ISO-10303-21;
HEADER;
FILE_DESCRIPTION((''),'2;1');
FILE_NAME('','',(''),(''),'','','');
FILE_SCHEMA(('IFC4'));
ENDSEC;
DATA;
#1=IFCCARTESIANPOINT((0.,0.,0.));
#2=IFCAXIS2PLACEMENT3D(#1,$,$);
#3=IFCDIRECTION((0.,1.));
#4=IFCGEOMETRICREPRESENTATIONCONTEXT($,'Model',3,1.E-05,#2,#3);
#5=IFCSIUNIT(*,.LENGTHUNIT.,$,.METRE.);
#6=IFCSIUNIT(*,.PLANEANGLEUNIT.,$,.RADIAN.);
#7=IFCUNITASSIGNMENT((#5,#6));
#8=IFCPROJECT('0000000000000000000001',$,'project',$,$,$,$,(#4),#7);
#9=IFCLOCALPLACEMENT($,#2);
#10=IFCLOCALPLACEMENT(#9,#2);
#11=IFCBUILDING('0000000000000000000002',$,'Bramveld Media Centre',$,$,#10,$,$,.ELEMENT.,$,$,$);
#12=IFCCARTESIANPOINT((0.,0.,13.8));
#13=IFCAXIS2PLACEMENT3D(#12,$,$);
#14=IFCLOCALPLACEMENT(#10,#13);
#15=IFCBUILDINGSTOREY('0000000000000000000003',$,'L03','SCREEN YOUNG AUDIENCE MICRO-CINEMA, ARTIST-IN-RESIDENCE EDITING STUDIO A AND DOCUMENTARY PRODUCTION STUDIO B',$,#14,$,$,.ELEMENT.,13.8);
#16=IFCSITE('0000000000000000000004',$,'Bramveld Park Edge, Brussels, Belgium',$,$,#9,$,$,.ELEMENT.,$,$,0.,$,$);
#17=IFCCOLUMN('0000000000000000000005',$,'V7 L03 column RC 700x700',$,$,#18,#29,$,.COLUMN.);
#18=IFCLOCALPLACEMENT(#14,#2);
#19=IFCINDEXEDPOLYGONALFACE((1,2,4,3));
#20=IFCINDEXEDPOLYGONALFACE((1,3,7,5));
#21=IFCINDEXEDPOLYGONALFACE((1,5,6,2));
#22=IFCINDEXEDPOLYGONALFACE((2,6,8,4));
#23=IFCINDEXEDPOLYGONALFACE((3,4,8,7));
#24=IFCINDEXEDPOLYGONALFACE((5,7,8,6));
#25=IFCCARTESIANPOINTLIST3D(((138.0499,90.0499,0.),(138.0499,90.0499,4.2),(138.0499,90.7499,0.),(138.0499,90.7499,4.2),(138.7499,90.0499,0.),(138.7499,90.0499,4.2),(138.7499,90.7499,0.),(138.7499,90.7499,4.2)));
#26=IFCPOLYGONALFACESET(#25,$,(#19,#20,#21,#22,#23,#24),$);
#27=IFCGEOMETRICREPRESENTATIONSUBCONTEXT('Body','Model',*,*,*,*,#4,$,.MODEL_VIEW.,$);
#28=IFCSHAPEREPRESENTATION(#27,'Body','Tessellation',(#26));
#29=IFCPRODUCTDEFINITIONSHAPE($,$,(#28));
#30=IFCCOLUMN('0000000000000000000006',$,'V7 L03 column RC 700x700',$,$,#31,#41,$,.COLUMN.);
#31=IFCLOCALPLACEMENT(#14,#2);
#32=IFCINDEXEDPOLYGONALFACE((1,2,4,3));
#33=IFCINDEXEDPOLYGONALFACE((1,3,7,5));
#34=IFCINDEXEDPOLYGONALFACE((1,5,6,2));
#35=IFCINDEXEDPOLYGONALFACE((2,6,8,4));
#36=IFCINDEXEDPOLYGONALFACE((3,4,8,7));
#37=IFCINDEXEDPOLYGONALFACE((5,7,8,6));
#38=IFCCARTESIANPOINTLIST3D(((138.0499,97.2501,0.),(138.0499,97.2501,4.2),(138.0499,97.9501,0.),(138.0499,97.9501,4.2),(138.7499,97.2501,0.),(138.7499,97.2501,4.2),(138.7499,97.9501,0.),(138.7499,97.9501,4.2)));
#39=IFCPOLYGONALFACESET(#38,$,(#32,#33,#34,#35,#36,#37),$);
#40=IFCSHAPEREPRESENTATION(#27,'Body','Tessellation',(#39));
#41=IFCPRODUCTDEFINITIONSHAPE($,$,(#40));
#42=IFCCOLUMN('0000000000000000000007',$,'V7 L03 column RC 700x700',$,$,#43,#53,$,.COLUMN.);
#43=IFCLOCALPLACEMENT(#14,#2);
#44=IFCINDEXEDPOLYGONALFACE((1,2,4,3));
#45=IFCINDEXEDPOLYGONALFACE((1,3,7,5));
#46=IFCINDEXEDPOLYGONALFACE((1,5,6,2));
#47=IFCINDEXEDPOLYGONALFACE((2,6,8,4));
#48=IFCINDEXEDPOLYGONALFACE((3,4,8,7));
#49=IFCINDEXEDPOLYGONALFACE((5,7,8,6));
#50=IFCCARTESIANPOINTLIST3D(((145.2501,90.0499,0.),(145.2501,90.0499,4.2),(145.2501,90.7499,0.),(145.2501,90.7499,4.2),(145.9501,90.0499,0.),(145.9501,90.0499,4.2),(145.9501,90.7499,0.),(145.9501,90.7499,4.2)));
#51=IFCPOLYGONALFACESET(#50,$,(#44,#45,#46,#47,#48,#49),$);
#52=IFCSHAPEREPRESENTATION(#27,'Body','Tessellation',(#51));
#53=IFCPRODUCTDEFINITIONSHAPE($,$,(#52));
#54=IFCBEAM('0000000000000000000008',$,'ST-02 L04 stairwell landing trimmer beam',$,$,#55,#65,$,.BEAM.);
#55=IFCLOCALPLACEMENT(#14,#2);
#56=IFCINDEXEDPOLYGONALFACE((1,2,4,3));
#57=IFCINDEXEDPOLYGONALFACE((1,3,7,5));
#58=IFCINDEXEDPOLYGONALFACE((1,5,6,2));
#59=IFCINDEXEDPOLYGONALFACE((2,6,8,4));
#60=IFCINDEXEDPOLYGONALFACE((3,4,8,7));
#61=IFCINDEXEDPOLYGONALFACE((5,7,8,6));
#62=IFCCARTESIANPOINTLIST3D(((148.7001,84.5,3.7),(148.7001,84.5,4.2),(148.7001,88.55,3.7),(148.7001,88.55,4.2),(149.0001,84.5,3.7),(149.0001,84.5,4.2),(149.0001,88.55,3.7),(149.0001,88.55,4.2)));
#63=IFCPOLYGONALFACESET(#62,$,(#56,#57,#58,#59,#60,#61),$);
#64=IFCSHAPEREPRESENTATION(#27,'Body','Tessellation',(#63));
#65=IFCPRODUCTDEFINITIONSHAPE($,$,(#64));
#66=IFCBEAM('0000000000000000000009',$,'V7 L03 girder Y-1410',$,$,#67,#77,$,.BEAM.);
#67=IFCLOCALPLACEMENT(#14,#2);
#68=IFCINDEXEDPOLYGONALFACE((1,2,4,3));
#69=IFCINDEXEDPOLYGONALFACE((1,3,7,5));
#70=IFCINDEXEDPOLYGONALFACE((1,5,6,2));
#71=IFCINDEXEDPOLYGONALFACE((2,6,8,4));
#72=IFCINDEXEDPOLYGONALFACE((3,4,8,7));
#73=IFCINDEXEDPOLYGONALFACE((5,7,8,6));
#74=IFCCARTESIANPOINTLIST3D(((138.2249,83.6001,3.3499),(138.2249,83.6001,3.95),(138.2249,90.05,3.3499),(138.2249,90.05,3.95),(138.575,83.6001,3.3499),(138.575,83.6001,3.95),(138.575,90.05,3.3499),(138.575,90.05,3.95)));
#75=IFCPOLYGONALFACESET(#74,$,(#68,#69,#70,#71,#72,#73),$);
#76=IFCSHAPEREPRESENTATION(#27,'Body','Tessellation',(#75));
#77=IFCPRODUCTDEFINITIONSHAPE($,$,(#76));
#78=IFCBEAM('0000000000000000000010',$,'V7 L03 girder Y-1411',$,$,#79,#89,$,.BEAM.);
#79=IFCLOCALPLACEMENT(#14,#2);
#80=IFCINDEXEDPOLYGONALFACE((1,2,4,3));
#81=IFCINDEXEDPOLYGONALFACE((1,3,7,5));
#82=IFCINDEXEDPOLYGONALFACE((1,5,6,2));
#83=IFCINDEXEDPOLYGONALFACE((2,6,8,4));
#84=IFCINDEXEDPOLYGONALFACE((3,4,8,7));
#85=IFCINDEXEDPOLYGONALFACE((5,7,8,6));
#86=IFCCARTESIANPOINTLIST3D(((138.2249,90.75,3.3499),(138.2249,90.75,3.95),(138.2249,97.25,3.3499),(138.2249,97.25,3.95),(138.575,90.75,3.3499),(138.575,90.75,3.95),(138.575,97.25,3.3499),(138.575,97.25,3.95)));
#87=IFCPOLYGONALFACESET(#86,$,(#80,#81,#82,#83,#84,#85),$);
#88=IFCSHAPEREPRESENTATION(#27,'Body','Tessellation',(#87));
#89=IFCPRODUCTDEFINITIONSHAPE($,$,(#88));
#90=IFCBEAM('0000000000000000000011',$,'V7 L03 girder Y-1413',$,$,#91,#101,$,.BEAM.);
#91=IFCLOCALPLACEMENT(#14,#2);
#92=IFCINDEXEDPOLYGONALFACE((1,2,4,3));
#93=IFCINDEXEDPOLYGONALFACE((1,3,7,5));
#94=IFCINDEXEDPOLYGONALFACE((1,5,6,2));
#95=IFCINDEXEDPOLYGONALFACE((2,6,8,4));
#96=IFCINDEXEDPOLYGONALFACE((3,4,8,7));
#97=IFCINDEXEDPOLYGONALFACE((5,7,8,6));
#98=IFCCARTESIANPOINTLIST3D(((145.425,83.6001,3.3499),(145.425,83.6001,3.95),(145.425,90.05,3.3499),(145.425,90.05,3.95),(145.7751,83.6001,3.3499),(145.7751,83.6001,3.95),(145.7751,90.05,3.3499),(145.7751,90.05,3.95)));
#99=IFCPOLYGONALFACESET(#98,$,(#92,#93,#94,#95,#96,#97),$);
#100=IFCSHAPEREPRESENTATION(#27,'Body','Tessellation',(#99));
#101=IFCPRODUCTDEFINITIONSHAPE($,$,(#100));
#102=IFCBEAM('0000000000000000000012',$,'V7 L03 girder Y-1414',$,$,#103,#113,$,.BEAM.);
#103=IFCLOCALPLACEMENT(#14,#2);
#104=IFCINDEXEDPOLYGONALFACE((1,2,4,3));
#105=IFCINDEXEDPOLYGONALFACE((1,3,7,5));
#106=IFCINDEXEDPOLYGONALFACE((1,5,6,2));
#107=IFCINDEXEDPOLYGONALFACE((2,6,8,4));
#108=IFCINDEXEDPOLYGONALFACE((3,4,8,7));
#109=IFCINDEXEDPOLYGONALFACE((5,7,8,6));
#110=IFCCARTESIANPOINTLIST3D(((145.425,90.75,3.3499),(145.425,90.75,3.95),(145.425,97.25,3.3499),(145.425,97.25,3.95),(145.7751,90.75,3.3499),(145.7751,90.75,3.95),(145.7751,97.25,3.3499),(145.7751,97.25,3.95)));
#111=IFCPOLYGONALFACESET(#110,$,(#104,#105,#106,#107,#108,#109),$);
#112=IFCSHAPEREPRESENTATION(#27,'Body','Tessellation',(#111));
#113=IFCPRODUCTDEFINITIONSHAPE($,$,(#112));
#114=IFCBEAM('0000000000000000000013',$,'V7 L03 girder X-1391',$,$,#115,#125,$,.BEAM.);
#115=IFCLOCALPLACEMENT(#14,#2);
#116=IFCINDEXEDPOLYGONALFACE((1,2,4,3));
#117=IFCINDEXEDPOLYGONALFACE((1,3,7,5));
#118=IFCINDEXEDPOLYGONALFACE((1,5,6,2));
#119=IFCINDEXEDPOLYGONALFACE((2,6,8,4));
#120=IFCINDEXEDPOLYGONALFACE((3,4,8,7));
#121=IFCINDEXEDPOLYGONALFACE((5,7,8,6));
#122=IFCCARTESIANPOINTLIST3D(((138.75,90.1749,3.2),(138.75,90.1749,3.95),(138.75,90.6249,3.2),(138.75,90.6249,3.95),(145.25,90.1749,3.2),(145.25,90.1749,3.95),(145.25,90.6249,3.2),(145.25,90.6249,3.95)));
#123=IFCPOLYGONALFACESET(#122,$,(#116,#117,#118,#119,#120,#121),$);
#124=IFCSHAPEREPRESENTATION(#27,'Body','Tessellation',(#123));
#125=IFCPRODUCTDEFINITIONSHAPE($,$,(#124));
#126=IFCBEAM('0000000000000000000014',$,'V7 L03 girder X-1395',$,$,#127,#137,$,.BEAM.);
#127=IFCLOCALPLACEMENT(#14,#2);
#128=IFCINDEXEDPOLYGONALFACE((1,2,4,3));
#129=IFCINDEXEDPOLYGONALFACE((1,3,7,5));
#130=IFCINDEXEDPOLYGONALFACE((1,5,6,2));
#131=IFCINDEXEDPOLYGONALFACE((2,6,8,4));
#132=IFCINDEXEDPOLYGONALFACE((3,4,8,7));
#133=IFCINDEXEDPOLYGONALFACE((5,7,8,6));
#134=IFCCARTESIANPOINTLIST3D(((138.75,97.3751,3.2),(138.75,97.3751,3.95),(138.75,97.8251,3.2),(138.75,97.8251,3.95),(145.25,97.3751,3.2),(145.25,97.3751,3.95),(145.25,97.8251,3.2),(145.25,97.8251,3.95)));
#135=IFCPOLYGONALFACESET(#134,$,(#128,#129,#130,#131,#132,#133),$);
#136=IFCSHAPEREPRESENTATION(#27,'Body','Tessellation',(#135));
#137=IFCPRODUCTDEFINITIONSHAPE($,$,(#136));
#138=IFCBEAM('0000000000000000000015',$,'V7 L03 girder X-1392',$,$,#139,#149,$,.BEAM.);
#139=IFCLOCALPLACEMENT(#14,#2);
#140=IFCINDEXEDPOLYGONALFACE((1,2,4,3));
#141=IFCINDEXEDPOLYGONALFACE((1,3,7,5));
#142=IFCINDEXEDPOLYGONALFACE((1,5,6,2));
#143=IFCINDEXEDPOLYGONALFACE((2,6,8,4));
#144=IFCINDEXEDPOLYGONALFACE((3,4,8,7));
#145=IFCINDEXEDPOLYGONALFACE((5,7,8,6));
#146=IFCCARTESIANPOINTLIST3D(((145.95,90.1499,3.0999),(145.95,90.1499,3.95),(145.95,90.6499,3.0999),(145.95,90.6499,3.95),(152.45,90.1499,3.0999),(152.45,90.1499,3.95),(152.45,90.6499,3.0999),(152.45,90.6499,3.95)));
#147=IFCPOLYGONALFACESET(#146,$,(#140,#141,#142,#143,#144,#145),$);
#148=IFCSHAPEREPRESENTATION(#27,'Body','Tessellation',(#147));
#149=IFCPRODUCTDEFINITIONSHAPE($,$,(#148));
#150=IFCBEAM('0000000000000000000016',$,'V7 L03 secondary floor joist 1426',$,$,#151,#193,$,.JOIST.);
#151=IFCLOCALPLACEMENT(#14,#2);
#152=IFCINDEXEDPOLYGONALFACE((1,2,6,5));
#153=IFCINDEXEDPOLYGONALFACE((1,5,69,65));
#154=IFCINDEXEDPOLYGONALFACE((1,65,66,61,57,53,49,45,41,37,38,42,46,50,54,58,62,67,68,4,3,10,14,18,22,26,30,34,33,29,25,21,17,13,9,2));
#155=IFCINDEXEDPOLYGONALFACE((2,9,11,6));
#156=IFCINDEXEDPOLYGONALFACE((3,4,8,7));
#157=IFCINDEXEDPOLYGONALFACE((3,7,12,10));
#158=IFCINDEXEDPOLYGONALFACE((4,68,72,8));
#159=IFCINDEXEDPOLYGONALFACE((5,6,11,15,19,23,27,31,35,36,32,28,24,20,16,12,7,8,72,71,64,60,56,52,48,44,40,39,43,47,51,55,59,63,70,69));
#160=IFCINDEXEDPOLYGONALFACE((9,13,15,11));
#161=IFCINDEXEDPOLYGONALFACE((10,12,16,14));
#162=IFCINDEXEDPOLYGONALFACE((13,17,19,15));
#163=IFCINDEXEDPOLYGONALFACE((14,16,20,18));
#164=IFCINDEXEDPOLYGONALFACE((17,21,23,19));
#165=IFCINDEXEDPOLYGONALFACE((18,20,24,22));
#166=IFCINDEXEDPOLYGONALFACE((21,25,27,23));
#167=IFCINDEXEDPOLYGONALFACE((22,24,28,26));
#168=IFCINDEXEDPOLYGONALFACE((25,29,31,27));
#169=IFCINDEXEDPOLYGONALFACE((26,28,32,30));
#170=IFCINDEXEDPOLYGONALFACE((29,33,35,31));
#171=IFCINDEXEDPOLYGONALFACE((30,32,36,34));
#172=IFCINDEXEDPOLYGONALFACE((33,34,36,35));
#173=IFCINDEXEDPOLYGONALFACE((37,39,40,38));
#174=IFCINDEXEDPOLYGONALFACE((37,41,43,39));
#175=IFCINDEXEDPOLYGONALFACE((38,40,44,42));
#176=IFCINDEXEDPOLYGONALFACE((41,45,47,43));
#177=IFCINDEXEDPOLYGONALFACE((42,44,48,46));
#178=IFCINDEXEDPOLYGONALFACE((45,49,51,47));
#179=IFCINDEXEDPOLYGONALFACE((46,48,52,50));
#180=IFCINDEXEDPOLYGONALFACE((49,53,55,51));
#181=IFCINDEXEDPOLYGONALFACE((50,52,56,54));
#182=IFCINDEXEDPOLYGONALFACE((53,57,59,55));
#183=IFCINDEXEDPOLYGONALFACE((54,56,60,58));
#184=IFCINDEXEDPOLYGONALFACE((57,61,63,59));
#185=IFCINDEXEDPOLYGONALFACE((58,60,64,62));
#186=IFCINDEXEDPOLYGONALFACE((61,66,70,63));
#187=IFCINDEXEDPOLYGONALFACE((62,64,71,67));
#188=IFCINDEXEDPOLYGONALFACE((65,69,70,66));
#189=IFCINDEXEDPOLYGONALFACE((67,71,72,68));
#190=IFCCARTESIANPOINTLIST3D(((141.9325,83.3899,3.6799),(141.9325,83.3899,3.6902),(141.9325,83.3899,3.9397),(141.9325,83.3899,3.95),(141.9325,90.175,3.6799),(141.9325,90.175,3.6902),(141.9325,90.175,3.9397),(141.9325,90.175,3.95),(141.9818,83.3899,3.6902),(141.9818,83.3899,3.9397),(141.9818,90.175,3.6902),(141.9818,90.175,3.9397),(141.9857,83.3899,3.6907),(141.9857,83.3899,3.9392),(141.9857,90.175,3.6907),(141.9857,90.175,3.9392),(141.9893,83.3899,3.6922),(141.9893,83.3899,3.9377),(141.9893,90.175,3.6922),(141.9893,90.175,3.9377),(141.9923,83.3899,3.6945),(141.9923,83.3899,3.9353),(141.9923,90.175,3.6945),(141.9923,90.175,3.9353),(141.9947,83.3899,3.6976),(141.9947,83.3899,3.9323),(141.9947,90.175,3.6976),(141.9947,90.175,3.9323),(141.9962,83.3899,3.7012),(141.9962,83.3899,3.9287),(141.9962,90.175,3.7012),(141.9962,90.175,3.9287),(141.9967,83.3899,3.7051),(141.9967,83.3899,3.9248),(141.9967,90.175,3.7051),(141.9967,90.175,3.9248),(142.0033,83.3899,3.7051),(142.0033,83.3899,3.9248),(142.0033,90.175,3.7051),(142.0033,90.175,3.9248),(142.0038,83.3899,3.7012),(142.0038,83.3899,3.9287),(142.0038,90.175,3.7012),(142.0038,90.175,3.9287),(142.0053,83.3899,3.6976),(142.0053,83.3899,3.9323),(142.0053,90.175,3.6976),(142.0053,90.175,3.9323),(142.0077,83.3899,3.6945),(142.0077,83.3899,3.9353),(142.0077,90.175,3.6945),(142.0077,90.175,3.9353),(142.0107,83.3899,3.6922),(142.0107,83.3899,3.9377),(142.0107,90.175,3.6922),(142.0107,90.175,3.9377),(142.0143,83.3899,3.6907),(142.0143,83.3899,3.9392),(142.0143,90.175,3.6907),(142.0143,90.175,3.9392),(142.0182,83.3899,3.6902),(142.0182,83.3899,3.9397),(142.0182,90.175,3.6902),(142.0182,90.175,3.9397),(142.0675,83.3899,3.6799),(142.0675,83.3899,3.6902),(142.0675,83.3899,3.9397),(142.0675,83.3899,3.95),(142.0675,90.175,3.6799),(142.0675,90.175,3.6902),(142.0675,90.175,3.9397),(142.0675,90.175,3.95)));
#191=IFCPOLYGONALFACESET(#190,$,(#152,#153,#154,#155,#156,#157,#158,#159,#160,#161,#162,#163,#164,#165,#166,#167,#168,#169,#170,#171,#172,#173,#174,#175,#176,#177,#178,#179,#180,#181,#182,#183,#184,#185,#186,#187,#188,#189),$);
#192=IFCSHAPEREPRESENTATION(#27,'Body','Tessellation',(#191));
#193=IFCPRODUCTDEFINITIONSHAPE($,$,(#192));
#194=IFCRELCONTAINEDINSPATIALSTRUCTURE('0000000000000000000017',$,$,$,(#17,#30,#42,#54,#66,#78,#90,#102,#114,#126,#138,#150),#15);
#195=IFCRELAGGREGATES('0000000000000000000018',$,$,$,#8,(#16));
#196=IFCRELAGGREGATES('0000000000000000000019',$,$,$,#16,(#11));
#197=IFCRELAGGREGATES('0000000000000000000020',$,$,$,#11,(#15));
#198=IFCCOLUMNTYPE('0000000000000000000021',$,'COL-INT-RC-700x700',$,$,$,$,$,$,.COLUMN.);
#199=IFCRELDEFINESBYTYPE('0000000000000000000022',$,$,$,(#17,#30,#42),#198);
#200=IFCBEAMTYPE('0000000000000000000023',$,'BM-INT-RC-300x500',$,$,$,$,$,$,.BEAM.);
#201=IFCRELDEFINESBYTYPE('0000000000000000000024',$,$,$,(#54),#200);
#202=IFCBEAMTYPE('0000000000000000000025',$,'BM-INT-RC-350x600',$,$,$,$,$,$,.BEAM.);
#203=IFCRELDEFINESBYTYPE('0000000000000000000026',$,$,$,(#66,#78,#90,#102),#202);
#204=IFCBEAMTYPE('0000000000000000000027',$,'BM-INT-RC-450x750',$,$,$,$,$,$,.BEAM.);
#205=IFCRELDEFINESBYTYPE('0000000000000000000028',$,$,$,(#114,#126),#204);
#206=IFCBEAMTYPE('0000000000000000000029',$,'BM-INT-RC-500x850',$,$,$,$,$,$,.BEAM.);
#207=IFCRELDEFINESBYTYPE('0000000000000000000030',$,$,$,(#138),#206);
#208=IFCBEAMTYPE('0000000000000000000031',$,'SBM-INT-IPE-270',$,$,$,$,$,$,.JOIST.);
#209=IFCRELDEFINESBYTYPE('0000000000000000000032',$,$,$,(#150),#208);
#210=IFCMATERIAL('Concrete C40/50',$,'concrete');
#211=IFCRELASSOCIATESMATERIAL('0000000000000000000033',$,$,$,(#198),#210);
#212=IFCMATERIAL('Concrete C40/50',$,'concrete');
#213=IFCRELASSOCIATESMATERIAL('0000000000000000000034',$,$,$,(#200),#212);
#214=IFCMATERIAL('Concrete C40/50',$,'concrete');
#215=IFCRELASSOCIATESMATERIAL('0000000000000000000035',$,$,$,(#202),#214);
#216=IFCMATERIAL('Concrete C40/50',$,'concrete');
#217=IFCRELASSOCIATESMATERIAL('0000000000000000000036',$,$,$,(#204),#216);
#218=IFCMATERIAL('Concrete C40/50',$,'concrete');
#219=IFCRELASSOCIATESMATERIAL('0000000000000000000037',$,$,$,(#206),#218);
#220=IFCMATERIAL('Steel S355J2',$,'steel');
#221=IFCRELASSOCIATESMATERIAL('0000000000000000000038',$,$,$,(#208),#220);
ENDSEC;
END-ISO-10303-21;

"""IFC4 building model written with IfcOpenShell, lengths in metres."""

from ifc_helpers import new_model, si_unit, direction, frame, origin, origin_2d, place, context, subcontext, project, spatial, rectangle, i_section, extrude, material, material_profile, profile_set, type_object, element, save


model = new_model("IFC4")

# Units and contexts
model_context = context("Model", 3, precision=1e-05, world=origin(), true_north=direction((0.0, 1.0)))
body_context = subcontext(model_context, "Body", "Model", "MODEL_VIEW")
ifc_project = project(units=[si_unit("LENGTHUNIT", "METRE"), si_unit("PLANEANGLEUNIT", "RADIAN")], contexts=[model_context])

# Site, building, storey
site_placement = place(None, origin())
site = spatial("IfcSite", under=ifc_project, at=site_placement, Name="Bramveld Park Edge, Brussels, Belgium", CompositionType="ELEMENT", RefElevation=0.0)
building_placement = place(site_placement, origin())
building = spatial("IfcBuilding", under=site, at=building_placement, Name="Bramveld Media Centre", CompositionType="ELEMENT")
storey_placement = place(building_placement, frame((0.0, 0.0, 13.8)))
storey = spatial("IfcBuildingStorey", under=building, at=storey_placement, Name="L03", Description="SCREEN YOUNG AUDIENCE MICRO-CINEMA, ARTIST-IN-RESIDENCE EDITING STUDIO A AND DOCUMENTARY PRODUCTION STUDIO B", CompositionType="ELEMENT", Elevation=13.8)

# Columns
ifc_material_1 = material(Name="Concrete C40/50", Category="concrete")
ifc_material_profile_1 = material_profile(ifc_material_1, rectangle(XDim=0.7, YDim=0.7, at=origin_2d()), Name="RC 700x700")
ifc_profile_set_1 = profile_set([ifc_material_profile_1], Name="Concrete C40/50")
column_type = type_object("IfcColumnType", Name="COL-INT-RC-700x700", PredefinedType="COLUMN", material=ifc_profile_set_1)
for number, where, z_axis, x_axis, name in (
    (1, (138.3999, 90.3999, 0.0), (0.0, 0.0, 1.0), (1.0, 0.0, 0.0), "V7 L03 column RC 700x700"),
    (2, (138.3999, 97.6001, 0.0), (0.0, 0.0, 1.0), (1.0, 0.0, 0.0), "V7 L03 column RC 700x700"),
    (3, (145.6001, 90.3999, 0.0), (0.0, 0.0, 1.0), (1.0, 0.0, 0.0), "V7 L03 column RC 700x700"),
):
    element("IfcColumn", number, at=place(storey_placement, frame(where, z_axis=z_axis, x_axis=x_axis)), inside=storey, type_object=column_type, Name=name, PredefinedType="COLUMN", context=body_context, shape_type="SweptSolid", body=[
        extrude(rectangle(XDim=0.7, YDim=0.7, at=origin_2d()), origin(), (0.0, 0.0, 1.0), 4.2),
    ])

# Beams
ifc_material_2 = material(Name="Concrete C40/50", Category="concrete")
ifc_material_profile_2 = material_profile(ifc_material_2, rectangle(XDim=0.3, YDim=0.5, at=origin_2d()), Name="RC 300x500")
ifc_profile_set_2 = profile_set([ifc_material_profile_2], Name="Concrete C40/50")
beam_type_1 = type_object("IfcBeamType", Name="BM-INT-RC-300x500", PredefinedType="BEAM", material=ifc_profile_set_2)
beam_1_placement = place(storey_placement, frame((148.8501, 84.5, 3.95), z_axis=(0.0, 1.0, 0.0), x_axis=(-1.0, 0.0, 0.0)))
element("IfcBeam", 4, at=beam_1_placement, inside=storey, type_object=beam_type_1, Name="ST-02 L04 stairwell landing trimmer beam", PredefinedType="BEAM", context=body_context, shape_type="SweptSolid", body=[
    extrude(rectangle(XDim=0.3, YDim=0.5, at=origin_2d()), origin(), (0.0, 0.0, 1.0), 4.05),
])
ifc_material_3 = material(Name="Concrete C40/50", Category="concrete")
ifc_material_profile_3 = material_profile(ifc_material_3, rectangle(XDim=0.3501, YDim=0.6001, at=origin_2d()), Name="RC 350x600")
ifc_profile_set_3 = profile_set([ifc_material_profile_3], Name="Concrete C40/50")
beam_type_2 = type_object("IfcBeamType", Name="BM-INT-RC-350x600", PredefinedType="BEAM", material=ifc_profile_set_3)
beam_2_placement = place(storey_placement, frame((138.3999, 83.6001, 3.6499), z_axis=(0.0, 1.0, 0.0), x_axis=(-1.0, 0.0, 0.0)))
element("IfcBeam", 5, at=beam_2_placement, inside=storey, type_object=beam_type_2, Name="V7 L03 girder Y-1410", PredefinedType="BEAM", context=body_context, shape_type="SweptSolid", body=[
    extrude(rectangle(XDim=0.3501, YDim=0.6001, at=origin_2d()), origin(), (0.0, 0.0, 1.0), 6.45),
])
beam_3_placement = place(storey_placement, frame((138.3999, 90.75, 3.6499), z_axis=(0.0, 1.0, 0.0), x_axis=(-1.0, 0.0, 0.0)))
element("IfcBeam", 6, at=beam_3_placement, inside=storey, type_object=beam_type_2, Name="V7 L03 girder Y-1411", PredefinedType="BEAM", context=body_context, shape_type="SweptSolid", body=[
    extrude(rectangle(XDim=0.3501, YDim=0.6001, at=origin_2d()), origin(), (0.0, 0.0, 1.0), 6.5),
])
beam_4_placement = place(storey_placement, frame((145.6001, 83.6001, 3.6499), z_axis=(0.0, 1.0, 0.0), x_axis=(-1.0, 0.0, 0.0)))
element("IfcBeam", 7, at=beam_4_placement, inside=storey, type_object=beam_type_2, Name="V7 L03 girder Y-1413", PredefinedType="BEAM", context=body_context, shape_type="SweptSolid", body=[
    extrude(rectangle(XDim=0.3501, YDim=0.6001, at=origin_2d()), origin(), (0.0, 0.0, 1.0), 6.45),
])
beam_5_placement = place(storey_placement, frame((145.6001, 90.75, 3.6499), z_axis=(0.0, 1.0, 0.0), x_axis=(-1.0, 0.0, 0.0)))
element("IfcBeam", 8, at=beam_5_placement, inside=storey, type_object=beam_type_2, Name="V7 L03 girder Y-1414", PredefinedType="BEAM", context=body_context, shape_type="SweptSolid", body=[
    extrude(rectangle(XDim=0.3501, YDim=0.6001, at=origin_2d()), origin(), (0.0, 0.0, 1.0), 6.5),
])
ifc_material_4 = material(Name="Concrete C40/50", Category="concrete")
ifc_material_profile_4 = material_profile(ifc_material_4, rectangle(XDim=0.45, YDim=0.75, at=origin_2d()), Name="RC 450x750")
ifc_profile_set_4 = profile_set([ifc_material_profile_4], Name="Concrete C40/50")
beam_type_3 = type_object("IfcBeamType", Name="BM-INT-RC-450x750", PredefinedType="BEAM", material=ifc_profile_set_4)
for number, where, z_axis, x_axis, name in (
    (9, (138.75, 90.3999, 3.575), (1.0, 0.0, 0.0), (0.0, 1.0, 0.0), "V7 L03 girder X-1391"),
    (10, (138.75, 97.6001, 3.575), (1.0, 0.0, 0.0), (0.0, 1.0, 0.0), "V7 L03 girder X-1395"),
):
    element("IfcBeam", number, at=place(storey_placement, frame(where, z_axis=z_axis, x_axis=x_axis)), inside=storey, type_object=beam_type_3, Name=name, PredefinedType="BEAM", context=body_context, shape_type="SweptSolid", body=[
        extrude(rectangle(XDim=0.45, YDim=0.75, at=origin_2d()), origin(), (0.0, 0.0, 1.0), 6.5),
    ])
ifc_material_5 = material(Name="Concrete C40/50", Category="concrete")
ifc_material_profile_5 = material_profile(ifc_material_5, rectangle(XDim=0.5, YDim=0.8501, at=origin_2d()), Name="RC 500x850")
ifc_profile_set_5 = profile_set([ifc_material_profile_5], Name="Concrete C40/50")
beam_type_4 = type_object("IfcBeamType", Name="BM-INT-RC-500x850", PredefinedType="BEAM", material=ifc_profile_set_5)
beam_6_placement = place(storey_placement, frame((145.95, 90.3999, 3.5249), z_axis=(1.0, 0.0, 0.0), x_axis=(0.0, 1.0, 0.0)))
element("IfcBeam", 11, at=beam_6_placement, inside=storey, type_object=beam_type_4, Name="V7 L03 girder X-1392", PredefinedType="BEAM", context=body_context, shape_type="SweptSolid", body=[
    extrude(rectangle(XDim=0.5, YDim=0.8501, at=origin_2d()), origin(), (0.0, 0.0, 1.0), 6.5),
])
ifc_material_6 = material(Name="Steel S355J2", Category="steel")
ifc_material_profile_6 = material_profile(ifc_material_6, i_section(OverallWidth=0.135, OverallDepth=0.27, WebThickness=0.0066, FlangeThickness=0.0103, FilletRadius=0.0149, at=origin_2d()), Name="IPE 270")
ifc_profile_set_6 = profile_set([ifc_material_profile_6], Name="Steel S355J2")
beam_type_5 = type_object("IfcBeamType", Name="SBM-INT-IPE-270", PredefinedType="JOIST", material=ifc_profile_set_6)
beam_7_placement = place(storey_placement, frame((142.0, 83.3899, 3.8149), z_axis=(0.0, 1.0, 0.0), x_axis=(-1.0, 0.0, 0.0)))
element("IfcBeam", 12, at=beam_7_placement, inside=storey, type_object=beam_type_5, Name="V7 L03 secondary floor joist 1426", PredefinedType="JOIST", context=body_context, shape_type="SweptSolid", body=[
    extrude(i_section(OverallWidth=0.135, OverallDepth=0.27, WebThickness=0.0066, FlangeThickness=0.0103, FilletRadius=0.0149, at=origin_2d()), origin(), (0.0, 0.0, 1.0), 6.7852),
])

save(model, "model.ifc")
